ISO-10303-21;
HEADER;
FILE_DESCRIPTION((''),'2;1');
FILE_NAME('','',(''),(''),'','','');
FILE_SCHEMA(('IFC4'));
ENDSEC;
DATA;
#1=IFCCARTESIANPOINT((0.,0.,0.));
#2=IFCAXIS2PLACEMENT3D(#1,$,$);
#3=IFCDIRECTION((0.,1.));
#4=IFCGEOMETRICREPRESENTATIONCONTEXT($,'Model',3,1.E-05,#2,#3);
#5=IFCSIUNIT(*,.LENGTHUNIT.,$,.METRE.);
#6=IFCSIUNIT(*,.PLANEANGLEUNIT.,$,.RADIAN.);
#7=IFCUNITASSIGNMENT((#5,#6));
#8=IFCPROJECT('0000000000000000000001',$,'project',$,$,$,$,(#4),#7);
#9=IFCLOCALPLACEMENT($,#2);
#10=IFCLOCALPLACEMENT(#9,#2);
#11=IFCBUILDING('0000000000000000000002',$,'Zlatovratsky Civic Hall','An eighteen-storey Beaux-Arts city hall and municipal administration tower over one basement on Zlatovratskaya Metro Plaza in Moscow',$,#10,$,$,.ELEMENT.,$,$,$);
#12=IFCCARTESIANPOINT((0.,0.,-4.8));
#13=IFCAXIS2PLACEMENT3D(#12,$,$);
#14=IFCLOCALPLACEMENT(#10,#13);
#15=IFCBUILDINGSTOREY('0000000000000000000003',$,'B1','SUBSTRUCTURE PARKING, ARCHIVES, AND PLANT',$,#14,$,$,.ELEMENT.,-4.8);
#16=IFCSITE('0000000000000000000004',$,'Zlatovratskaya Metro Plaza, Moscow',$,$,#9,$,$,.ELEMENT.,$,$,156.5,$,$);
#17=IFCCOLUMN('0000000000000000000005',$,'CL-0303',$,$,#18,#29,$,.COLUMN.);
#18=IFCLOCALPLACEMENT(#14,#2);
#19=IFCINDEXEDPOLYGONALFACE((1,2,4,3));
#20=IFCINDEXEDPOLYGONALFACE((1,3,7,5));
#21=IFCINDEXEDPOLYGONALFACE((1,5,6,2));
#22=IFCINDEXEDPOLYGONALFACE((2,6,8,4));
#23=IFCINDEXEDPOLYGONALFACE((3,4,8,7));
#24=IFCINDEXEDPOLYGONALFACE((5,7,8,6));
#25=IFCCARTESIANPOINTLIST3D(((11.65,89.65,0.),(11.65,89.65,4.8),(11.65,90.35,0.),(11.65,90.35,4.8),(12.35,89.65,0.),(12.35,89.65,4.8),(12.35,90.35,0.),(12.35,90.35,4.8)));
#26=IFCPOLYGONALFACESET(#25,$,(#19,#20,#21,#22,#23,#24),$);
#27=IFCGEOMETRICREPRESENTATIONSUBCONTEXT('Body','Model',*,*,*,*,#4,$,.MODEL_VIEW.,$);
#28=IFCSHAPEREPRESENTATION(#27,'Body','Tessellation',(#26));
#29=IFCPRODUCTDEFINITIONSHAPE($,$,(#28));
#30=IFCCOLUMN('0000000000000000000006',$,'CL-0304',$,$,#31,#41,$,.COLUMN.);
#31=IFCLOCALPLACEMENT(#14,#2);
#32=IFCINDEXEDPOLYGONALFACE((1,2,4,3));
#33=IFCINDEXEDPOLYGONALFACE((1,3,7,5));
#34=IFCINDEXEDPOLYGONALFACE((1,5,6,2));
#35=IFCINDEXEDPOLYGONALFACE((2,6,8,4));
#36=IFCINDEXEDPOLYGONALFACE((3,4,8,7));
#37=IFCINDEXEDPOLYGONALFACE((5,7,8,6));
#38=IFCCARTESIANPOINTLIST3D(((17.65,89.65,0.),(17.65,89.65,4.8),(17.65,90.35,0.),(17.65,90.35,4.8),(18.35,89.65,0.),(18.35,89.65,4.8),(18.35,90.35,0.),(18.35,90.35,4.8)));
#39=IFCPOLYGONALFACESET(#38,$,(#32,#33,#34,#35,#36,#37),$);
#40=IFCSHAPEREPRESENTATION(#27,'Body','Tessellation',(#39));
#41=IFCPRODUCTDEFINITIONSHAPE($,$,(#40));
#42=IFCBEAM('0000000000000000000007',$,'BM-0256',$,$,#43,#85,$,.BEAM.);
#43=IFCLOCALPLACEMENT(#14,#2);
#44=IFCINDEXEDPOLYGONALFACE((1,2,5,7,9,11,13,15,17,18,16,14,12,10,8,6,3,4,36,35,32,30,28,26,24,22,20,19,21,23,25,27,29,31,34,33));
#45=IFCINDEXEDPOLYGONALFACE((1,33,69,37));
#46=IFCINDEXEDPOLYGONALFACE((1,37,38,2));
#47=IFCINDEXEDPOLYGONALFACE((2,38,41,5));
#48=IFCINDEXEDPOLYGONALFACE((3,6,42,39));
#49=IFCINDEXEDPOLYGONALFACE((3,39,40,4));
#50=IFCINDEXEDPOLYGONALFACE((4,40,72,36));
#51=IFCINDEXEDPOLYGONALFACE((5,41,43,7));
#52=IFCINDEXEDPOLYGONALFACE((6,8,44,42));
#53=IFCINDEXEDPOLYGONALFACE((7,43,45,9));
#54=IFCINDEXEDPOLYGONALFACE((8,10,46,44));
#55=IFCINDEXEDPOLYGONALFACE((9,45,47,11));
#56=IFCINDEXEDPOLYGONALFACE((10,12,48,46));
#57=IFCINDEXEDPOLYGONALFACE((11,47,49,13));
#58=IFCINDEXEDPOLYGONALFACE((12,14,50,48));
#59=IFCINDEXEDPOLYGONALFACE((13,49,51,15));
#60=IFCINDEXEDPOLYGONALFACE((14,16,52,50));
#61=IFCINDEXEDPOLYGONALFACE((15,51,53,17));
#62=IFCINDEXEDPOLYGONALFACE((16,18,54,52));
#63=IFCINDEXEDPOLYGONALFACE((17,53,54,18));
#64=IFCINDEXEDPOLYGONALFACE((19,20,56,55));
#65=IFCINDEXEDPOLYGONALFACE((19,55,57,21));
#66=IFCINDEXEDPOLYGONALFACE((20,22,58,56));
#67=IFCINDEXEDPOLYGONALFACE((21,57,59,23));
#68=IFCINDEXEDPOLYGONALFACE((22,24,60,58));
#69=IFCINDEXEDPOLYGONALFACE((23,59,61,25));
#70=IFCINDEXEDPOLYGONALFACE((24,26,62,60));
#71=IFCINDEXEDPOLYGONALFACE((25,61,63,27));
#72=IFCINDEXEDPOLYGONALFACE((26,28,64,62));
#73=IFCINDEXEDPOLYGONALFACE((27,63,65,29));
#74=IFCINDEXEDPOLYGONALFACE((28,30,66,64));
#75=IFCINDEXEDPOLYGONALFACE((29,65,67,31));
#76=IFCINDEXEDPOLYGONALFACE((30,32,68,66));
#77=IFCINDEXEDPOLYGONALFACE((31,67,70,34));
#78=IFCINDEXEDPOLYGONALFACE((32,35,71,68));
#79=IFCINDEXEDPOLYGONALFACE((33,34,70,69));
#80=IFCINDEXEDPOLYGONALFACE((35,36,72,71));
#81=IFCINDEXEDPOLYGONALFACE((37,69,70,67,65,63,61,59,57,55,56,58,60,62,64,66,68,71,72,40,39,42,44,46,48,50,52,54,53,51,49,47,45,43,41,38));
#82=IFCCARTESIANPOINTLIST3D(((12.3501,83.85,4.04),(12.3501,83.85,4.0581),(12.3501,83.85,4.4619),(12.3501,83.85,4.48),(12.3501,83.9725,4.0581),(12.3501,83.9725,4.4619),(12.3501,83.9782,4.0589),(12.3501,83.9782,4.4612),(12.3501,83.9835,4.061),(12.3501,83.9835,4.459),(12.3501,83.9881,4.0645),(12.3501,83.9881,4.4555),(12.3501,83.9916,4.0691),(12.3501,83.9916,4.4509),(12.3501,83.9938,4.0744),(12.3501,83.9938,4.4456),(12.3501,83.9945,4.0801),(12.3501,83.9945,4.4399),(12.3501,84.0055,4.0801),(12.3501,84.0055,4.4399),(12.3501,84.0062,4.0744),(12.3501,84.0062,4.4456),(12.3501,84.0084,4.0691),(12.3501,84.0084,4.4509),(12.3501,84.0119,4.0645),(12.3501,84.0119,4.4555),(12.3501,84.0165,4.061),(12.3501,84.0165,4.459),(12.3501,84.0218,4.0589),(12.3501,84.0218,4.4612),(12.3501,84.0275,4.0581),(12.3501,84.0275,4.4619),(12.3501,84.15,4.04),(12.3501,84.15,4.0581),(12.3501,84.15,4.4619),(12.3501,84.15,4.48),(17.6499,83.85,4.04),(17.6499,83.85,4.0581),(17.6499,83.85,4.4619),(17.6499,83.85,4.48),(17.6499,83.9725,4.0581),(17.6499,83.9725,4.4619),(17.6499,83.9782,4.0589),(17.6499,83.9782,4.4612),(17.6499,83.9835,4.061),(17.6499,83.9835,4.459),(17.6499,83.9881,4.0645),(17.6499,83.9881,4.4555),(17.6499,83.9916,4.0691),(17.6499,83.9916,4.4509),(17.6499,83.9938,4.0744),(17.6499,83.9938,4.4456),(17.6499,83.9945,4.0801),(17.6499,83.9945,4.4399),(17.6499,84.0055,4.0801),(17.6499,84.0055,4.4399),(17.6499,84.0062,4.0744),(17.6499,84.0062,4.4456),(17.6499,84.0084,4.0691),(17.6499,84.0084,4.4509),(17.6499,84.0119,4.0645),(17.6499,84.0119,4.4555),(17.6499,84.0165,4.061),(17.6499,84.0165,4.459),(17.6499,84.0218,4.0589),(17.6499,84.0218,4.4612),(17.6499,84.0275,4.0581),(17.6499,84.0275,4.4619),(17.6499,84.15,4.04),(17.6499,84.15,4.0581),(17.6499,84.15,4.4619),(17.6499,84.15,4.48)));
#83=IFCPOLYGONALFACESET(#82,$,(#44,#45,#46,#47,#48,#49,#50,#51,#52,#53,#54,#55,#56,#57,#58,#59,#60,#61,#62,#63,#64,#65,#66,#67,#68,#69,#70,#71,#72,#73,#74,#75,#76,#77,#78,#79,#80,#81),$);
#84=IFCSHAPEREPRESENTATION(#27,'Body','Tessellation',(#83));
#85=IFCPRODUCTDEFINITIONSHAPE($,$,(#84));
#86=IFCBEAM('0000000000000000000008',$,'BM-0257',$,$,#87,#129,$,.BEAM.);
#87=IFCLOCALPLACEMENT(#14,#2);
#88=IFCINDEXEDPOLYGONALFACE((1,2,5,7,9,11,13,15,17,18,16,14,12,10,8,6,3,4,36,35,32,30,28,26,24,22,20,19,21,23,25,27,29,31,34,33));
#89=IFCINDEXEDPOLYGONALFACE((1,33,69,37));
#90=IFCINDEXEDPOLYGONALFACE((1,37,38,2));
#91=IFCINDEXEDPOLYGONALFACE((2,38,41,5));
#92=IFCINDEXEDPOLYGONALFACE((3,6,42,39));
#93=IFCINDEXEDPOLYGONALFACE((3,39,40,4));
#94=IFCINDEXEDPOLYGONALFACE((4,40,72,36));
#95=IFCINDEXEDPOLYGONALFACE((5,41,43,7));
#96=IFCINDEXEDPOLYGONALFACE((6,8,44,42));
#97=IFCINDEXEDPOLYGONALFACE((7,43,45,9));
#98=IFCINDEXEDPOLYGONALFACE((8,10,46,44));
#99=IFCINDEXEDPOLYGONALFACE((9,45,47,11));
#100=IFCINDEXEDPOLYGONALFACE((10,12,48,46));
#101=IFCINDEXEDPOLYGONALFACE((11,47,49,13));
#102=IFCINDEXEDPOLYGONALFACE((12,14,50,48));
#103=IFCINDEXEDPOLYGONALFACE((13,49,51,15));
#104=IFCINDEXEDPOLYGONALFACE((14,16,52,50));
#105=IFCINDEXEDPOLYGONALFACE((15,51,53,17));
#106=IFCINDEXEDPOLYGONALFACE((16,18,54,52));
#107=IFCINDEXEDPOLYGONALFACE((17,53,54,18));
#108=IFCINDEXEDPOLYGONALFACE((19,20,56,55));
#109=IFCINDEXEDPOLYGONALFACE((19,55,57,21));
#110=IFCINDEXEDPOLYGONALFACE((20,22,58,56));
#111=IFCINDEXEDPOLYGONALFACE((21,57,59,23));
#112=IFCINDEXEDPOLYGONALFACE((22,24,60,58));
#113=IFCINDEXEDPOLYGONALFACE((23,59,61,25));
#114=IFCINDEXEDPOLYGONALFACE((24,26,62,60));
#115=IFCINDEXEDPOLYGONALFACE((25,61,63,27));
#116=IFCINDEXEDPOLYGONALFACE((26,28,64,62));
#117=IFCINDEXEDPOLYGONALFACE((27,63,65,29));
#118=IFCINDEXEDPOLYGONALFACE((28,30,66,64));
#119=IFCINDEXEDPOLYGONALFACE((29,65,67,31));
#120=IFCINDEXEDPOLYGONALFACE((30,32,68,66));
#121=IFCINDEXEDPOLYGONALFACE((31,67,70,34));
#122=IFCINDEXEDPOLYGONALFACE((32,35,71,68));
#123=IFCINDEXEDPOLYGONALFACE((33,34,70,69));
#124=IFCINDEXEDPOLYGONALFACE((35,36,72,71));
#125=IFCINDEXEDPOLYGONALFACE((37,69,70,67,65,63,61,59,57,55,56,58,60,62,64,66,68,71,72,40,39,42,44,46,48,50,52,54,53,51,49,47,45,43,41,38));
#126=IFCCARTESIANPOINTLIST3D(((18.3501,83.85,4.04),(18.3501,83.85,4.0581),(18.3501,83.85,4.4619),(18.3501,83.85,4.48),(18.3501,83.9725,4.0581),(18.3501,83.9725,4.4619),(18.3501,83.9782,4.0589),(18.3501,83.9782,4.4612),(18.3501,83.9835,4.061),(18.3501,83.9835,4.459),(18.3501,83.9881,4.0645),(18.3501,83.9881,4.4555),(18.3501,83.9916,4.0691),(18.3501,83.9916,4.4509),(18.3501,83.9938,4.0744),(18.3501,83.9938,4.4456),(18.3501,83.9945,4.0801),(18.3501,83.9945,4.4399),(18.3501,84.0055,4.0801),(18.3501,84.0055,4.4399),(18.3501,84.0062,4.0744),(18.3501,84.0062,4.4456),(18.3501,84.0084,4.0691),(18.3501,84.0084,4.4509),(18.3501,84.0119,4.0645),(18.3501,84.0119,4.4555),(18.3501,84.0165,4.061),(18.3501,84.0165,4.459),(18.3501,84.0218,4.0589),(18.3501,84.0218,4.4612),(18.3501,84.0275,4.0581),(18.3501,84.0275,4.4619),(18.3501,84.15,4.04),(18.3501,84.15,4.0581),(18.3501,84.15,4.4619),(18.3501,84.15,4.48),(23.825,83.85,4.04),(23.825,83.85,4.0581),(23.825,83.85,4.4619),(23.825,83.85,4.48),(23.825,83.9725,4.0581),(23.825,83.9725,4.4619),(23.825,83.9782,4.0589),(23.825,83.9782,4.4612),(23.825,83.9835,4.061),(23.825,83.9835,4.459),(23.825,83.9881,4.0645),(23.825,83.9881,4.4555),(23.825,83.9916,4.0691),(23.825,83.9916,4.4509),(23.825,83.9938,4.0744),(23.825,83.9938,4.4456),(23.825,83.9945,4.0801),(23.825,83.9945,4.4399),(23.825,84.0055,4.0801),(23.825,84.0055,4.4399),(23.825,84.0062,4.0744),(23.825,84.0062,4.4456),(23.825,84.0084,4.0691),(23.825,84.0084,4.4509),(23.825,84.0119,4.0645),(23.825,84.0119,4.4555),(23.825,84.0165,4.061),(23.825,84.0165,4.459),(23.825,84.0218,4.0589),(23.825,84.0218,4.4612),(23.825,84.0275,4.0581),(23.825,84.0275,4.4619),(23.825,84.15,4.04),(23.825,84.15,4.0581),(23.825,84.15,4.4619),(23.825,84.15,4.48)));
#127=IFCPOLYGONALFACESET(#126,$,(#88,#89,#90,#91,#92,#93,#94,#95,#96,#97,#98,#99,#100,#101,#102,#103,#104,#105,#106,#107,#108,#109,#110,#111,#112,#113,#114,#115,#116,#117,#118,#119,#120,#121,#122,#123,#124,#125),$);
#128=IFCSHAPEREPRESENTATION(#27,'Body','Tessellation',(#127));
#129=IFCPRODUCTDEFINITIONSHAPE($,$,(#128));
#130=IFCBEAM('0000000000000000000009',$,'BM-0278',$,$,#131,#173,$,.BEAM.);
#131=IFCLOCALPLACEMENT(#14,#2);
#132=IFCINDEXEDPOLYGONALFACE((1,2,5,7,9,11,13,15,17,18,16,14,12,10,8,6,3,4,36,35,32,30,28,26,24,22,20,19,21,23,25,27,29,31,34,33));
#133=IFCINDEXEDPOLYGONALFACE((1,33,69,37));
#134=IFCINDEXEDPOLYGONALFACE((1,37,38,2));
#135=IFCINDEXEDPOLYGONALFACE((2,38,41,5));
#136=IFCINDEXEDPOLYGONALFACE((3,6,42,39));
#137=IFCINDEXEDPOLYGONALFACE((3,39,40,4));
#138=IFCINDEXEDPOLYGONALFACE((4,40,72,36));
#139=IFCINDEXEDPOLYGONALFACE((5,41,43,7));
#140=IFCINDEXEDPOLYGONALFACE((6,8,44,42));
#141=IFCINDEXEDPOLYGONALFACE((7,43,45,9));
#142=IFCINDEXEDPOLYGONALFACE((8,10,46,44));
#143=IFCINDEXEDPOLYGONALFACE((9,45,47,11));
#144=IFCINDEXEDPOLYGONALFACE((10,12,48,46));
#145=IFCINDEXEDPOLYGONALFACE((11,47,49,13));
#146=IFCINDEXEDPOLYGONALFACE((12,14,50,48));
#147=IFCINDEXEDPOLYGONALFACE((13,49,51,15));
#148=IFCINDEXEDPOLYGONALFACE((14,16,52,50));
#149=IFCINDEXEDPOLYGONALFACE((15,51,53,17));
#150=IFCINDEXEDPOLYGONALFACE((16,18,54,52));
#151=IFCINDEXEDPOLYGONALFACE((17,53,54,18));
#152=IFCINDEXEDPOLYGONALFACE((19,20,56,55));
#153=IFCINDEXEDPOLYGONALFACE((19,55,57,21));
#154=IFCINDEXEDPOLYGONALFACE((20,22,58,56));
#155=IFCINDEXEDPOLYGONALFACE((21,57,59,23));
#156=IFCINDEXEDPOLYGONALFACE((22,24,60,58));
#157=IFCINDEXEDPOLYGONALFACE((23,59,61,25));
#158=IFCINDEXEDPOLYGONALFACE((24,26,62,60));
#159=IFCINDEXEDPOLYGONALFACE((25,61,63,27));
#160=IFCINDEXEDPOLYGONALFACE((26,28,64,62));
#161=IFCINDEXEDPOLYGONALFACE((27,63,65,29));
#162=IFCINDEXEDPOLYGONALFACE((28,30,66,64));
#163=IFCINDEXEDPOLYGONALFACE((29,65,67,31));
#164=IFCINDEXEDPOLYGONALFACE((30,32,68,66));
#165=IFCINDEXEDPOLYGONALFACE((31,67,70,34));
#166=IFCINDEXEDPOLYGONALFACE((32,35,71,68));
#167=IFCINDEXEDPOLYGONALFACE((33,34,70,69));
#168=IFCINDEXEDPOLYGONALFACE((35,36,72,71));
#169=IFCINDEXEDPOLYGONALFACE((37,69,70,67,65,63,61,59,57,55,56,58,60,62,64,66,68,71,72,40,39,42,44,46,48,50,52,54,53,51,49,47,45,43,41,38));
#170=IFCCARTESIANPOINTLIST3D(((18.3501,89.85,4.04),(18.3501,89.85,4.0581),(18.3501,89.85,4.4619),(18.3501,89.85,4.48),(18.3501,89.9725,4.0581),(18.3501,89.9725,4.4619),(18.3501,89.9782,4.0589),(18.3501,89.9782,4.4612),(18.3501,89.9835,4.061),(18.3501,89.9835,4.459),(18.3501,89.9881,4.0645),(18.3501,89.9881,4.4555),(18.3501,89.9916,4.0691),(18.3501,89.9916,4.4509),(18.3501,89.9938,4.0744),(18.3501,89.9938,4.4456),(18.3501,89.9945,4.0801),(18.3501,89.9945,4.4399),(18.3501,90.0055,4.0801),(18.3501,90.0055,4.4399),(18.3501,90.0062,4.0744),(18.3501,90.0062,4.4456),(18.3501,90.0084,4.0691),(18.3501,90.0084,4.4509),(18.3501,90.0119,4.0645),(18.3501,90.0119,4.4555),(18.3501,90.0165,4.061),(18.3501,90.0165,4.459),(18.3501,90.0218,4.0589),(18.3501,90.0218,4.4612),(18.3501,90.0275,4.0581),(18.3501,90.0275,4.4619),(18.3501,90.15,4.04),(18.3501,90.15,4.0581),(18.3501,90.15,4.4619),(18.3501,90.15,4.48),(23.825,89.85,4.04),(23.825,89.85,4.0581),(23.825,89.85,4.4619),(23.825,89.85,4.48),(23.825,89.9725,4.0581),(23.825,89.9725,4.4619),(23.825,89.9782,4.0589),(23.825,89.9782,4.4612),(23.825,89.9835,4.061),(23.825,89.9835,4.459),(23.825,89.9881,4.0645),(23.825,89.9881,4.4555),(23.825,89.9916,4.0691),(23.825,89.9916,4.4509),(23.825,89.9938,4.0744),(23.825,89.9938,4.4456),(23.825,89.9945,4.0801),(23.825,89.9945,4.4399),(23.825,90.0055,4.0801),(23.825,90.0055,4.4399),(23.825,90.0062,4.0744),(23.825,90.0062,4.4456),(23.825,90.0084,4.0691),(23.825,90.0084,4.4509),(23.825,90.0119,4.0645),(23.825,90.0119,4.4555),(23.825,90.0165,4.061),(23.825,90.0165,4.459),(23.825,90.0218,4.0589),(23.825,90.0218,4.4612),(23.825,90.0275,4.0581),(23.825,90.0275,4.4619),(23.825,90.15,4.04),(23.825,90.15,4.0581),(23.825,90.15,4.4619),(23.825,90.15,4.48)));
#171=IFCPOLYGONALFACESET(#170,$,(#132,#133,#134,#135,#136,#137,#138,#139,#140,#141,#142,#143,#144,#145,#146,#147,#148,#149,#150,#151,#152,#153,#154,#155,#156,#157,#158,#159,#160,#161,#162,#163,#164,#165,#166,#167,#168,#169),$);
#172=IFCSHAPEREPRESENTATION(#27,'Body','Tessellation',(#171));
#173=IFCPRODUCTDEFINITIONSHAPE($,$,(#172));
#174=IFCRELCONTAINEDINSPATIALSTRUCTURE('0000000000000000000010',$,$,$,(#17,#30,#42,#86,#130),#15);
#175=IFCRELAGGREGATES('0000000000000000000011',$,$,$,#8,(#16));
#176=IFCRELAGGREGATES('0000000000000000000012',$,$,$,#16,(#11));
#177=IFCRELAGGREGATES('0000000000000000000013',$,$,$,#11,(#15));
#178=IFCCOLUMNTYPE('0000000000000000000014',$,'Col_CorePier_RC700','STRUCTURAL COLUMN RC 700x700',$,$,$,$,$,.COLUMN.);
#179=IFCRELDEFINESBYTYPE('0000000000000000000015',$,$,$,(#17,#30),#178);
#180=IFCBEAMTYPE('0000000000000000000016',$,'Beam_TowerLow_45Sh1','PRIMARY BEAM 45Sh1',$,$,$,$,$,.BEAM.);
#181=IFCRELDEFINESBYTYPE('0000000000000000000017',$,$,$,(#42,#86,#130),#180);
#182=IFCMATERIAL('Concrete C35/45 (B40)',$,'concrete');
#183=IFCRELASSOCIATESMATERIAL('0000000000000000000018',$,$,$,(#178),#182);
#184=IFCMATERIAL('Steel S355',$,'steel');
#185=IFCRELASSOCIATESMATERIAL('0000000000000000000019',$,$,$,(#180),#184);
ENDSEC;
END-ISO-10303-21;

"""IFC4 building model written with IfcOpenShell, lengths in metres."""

from ifc_helpers import new_model, si_unit, direction, frame, origin, origin_2d, place, context, subcontext, project, spatial, rectangle, i_section, extrude, material, material_profile, profile_set, type_object, element, save


model = new_model("IFC4")

# Units and contexts
model_context = context("Model", 3, precision=1e-05, world=origin(), true_north=direction((0.0, 1.0)))
body_context = subcontext(model_context, "Body", "Model", "MODEL_VIEW")
ifc_project = project(units=[si_unit("LENGTHUNIT", "METRE"), si_unit("PLANEANGLEUNIT", "RADIAN")], contexts=[model_context])

# Site, building, storey
site_placement = place(None, origin())
site = spatial("IfcSite", under=ifc_project, at=site_placement, Name="Zlatovratskaya Metro Plaza, Moscow", CompositionType="ELEMENT", RefElevation=156.5)
building_placement = place(site_placement, origin())
building = spatial("IfcBuilding", under=site, at=building_placement, Name="Zlatovratsky Civic Hall", Description="An eighteen-storey Beaux-Arts city hall and municipal administration tower over one basement on Zlatovratskaya Metro Plaza in Moscow", CompositionType="ELEMENT")
storey_placement = place(building_placement, frame((0.0, 0.0, -4.8)))
storey = spatial("IfcBuildingStorey", under=building, at=storey_placement, Name="B1", Description="SUBSTRUCTURE PARKING, ARCHIVES, AND PLANT", CompositionType="ELEMENT", Elevation=-4.8)

# Columns
ifc_material_1 = material(Name="Concrete C35/45 (B40)", Category="concrete")
ifc_material_profile_1 = material_profile(ifc_material_1, rectangle(XDim=0.7, YDim=0.7, at=origin_2d()), Name="RC 700x700")
ifc_profile_set_1 = profile_set([ifc_material_profile_1], Name="Concrete C35/45 (B40)")
column_type = type_object("IfcColumnType", Name="Col_CorePier_RC700", Description="STRUCTURAL COLUMN RC 700x700", PredefinedType="COLUMN", material=ifc_profile_set_1)
for number, where, z_axis, x_axis, name in (
    (1, (12.0, 90.0, 0.0), (0.0, 0.0, 1.0), (1.0, 0.0, 0.0), "CL-0303"),
    (2, (18.0, 90.0, 0.0), (0.0, 0.0, 1.0), (1.0, 0.0, 0.0), "CL-0304"),
):
    element("IfcColumn", number, at=place(storey_placement, frame(where, z_axis=z_axis, x_axis=x_axis)), inside=storey, type_object=column_type, Name=name, PredefinedType="COLUMN", context=body_context, shape_type="SweptSolid", body=[
        extrude(rectangle(XDim=0.7, YDim=0.7, at=origin_2d()), origin(), (0.0, 0.0, 1.0), 4.8),
    ])

# Beams
ifc_material_2 = material(Name="Steel S355", Category="steel")
ifc_material_profile_2 = material_profile(ifc_material_2, i_section(OverallWidth=0.3, OverallDepth=0.4399, WebThickness=0.011, FlangeThickness=0.0181, FilletRadius=0.022, at=origin_2d()), Name="45Sh1")
ifc_profile_set_2 = profile_set([ifc_material_profile_2], Name="Steel S355")
beam_type = type_object("IfcBeamType", Name="Beam_TowerLow_45Sh1", Description="PRIMARY BEAM 45Sh1", PredefinedType="BEAM", material=ifc_profile_set_2)
beam_placement = place(storey_placement, frame((12.3501, 84.0, 4.26), z_axis=(1.0, 0.0, 0.0), x_axis=(0.0, 1.0, 0.0)))
element("IfcBeam", 3, at=beam_placement, inside=storey, type_object=beam_type, Name="BM-0256", PredefinedType="BEAM", context=body_context, shape_type="SweptSolid", body=[
    extrude(i_section(OverallWidth=0.3, OverallDepth=0.4399, WebThickness=0.011, FlangeThickness=0.0181, FilletRadius=0.022, at=origin_2d()), origin(), (0.0, 0.0, 1.0), 5.2998),
])
for number, where, z_axis, x_axis, name in (
    (4, (18.3501, 84.0, 4.26), (1.0, 0.0, 0.0), (0.0, 1.0, 0.0), "BM-0257"),
    (5, (18.3501, 90.0, 4.26), (1.0, 0.0, 0.0), (0.0, 1.0, 0.0), "BM-0278"),
):
    element("IfcBeam", number, at=place(storey_placement, frame(where, z_axis=z_axis, x_axis=x_axis)), inside=storey, type_object=beam_type, Name=name, PredefinedType="BEAM", context=body_context, shape_type="SweptSolid", body=[
        extrude(i_section(OverallWidth=0.3, OverallDepth=0.4399, WebThickness=0.011, FlangeThickness=0.0181, FilletRadius=0.022, at=origin_2d()), origin(), (0.0, 0.0, 1.0), 5.4749),
    ])

save(model, "model.ifc")
